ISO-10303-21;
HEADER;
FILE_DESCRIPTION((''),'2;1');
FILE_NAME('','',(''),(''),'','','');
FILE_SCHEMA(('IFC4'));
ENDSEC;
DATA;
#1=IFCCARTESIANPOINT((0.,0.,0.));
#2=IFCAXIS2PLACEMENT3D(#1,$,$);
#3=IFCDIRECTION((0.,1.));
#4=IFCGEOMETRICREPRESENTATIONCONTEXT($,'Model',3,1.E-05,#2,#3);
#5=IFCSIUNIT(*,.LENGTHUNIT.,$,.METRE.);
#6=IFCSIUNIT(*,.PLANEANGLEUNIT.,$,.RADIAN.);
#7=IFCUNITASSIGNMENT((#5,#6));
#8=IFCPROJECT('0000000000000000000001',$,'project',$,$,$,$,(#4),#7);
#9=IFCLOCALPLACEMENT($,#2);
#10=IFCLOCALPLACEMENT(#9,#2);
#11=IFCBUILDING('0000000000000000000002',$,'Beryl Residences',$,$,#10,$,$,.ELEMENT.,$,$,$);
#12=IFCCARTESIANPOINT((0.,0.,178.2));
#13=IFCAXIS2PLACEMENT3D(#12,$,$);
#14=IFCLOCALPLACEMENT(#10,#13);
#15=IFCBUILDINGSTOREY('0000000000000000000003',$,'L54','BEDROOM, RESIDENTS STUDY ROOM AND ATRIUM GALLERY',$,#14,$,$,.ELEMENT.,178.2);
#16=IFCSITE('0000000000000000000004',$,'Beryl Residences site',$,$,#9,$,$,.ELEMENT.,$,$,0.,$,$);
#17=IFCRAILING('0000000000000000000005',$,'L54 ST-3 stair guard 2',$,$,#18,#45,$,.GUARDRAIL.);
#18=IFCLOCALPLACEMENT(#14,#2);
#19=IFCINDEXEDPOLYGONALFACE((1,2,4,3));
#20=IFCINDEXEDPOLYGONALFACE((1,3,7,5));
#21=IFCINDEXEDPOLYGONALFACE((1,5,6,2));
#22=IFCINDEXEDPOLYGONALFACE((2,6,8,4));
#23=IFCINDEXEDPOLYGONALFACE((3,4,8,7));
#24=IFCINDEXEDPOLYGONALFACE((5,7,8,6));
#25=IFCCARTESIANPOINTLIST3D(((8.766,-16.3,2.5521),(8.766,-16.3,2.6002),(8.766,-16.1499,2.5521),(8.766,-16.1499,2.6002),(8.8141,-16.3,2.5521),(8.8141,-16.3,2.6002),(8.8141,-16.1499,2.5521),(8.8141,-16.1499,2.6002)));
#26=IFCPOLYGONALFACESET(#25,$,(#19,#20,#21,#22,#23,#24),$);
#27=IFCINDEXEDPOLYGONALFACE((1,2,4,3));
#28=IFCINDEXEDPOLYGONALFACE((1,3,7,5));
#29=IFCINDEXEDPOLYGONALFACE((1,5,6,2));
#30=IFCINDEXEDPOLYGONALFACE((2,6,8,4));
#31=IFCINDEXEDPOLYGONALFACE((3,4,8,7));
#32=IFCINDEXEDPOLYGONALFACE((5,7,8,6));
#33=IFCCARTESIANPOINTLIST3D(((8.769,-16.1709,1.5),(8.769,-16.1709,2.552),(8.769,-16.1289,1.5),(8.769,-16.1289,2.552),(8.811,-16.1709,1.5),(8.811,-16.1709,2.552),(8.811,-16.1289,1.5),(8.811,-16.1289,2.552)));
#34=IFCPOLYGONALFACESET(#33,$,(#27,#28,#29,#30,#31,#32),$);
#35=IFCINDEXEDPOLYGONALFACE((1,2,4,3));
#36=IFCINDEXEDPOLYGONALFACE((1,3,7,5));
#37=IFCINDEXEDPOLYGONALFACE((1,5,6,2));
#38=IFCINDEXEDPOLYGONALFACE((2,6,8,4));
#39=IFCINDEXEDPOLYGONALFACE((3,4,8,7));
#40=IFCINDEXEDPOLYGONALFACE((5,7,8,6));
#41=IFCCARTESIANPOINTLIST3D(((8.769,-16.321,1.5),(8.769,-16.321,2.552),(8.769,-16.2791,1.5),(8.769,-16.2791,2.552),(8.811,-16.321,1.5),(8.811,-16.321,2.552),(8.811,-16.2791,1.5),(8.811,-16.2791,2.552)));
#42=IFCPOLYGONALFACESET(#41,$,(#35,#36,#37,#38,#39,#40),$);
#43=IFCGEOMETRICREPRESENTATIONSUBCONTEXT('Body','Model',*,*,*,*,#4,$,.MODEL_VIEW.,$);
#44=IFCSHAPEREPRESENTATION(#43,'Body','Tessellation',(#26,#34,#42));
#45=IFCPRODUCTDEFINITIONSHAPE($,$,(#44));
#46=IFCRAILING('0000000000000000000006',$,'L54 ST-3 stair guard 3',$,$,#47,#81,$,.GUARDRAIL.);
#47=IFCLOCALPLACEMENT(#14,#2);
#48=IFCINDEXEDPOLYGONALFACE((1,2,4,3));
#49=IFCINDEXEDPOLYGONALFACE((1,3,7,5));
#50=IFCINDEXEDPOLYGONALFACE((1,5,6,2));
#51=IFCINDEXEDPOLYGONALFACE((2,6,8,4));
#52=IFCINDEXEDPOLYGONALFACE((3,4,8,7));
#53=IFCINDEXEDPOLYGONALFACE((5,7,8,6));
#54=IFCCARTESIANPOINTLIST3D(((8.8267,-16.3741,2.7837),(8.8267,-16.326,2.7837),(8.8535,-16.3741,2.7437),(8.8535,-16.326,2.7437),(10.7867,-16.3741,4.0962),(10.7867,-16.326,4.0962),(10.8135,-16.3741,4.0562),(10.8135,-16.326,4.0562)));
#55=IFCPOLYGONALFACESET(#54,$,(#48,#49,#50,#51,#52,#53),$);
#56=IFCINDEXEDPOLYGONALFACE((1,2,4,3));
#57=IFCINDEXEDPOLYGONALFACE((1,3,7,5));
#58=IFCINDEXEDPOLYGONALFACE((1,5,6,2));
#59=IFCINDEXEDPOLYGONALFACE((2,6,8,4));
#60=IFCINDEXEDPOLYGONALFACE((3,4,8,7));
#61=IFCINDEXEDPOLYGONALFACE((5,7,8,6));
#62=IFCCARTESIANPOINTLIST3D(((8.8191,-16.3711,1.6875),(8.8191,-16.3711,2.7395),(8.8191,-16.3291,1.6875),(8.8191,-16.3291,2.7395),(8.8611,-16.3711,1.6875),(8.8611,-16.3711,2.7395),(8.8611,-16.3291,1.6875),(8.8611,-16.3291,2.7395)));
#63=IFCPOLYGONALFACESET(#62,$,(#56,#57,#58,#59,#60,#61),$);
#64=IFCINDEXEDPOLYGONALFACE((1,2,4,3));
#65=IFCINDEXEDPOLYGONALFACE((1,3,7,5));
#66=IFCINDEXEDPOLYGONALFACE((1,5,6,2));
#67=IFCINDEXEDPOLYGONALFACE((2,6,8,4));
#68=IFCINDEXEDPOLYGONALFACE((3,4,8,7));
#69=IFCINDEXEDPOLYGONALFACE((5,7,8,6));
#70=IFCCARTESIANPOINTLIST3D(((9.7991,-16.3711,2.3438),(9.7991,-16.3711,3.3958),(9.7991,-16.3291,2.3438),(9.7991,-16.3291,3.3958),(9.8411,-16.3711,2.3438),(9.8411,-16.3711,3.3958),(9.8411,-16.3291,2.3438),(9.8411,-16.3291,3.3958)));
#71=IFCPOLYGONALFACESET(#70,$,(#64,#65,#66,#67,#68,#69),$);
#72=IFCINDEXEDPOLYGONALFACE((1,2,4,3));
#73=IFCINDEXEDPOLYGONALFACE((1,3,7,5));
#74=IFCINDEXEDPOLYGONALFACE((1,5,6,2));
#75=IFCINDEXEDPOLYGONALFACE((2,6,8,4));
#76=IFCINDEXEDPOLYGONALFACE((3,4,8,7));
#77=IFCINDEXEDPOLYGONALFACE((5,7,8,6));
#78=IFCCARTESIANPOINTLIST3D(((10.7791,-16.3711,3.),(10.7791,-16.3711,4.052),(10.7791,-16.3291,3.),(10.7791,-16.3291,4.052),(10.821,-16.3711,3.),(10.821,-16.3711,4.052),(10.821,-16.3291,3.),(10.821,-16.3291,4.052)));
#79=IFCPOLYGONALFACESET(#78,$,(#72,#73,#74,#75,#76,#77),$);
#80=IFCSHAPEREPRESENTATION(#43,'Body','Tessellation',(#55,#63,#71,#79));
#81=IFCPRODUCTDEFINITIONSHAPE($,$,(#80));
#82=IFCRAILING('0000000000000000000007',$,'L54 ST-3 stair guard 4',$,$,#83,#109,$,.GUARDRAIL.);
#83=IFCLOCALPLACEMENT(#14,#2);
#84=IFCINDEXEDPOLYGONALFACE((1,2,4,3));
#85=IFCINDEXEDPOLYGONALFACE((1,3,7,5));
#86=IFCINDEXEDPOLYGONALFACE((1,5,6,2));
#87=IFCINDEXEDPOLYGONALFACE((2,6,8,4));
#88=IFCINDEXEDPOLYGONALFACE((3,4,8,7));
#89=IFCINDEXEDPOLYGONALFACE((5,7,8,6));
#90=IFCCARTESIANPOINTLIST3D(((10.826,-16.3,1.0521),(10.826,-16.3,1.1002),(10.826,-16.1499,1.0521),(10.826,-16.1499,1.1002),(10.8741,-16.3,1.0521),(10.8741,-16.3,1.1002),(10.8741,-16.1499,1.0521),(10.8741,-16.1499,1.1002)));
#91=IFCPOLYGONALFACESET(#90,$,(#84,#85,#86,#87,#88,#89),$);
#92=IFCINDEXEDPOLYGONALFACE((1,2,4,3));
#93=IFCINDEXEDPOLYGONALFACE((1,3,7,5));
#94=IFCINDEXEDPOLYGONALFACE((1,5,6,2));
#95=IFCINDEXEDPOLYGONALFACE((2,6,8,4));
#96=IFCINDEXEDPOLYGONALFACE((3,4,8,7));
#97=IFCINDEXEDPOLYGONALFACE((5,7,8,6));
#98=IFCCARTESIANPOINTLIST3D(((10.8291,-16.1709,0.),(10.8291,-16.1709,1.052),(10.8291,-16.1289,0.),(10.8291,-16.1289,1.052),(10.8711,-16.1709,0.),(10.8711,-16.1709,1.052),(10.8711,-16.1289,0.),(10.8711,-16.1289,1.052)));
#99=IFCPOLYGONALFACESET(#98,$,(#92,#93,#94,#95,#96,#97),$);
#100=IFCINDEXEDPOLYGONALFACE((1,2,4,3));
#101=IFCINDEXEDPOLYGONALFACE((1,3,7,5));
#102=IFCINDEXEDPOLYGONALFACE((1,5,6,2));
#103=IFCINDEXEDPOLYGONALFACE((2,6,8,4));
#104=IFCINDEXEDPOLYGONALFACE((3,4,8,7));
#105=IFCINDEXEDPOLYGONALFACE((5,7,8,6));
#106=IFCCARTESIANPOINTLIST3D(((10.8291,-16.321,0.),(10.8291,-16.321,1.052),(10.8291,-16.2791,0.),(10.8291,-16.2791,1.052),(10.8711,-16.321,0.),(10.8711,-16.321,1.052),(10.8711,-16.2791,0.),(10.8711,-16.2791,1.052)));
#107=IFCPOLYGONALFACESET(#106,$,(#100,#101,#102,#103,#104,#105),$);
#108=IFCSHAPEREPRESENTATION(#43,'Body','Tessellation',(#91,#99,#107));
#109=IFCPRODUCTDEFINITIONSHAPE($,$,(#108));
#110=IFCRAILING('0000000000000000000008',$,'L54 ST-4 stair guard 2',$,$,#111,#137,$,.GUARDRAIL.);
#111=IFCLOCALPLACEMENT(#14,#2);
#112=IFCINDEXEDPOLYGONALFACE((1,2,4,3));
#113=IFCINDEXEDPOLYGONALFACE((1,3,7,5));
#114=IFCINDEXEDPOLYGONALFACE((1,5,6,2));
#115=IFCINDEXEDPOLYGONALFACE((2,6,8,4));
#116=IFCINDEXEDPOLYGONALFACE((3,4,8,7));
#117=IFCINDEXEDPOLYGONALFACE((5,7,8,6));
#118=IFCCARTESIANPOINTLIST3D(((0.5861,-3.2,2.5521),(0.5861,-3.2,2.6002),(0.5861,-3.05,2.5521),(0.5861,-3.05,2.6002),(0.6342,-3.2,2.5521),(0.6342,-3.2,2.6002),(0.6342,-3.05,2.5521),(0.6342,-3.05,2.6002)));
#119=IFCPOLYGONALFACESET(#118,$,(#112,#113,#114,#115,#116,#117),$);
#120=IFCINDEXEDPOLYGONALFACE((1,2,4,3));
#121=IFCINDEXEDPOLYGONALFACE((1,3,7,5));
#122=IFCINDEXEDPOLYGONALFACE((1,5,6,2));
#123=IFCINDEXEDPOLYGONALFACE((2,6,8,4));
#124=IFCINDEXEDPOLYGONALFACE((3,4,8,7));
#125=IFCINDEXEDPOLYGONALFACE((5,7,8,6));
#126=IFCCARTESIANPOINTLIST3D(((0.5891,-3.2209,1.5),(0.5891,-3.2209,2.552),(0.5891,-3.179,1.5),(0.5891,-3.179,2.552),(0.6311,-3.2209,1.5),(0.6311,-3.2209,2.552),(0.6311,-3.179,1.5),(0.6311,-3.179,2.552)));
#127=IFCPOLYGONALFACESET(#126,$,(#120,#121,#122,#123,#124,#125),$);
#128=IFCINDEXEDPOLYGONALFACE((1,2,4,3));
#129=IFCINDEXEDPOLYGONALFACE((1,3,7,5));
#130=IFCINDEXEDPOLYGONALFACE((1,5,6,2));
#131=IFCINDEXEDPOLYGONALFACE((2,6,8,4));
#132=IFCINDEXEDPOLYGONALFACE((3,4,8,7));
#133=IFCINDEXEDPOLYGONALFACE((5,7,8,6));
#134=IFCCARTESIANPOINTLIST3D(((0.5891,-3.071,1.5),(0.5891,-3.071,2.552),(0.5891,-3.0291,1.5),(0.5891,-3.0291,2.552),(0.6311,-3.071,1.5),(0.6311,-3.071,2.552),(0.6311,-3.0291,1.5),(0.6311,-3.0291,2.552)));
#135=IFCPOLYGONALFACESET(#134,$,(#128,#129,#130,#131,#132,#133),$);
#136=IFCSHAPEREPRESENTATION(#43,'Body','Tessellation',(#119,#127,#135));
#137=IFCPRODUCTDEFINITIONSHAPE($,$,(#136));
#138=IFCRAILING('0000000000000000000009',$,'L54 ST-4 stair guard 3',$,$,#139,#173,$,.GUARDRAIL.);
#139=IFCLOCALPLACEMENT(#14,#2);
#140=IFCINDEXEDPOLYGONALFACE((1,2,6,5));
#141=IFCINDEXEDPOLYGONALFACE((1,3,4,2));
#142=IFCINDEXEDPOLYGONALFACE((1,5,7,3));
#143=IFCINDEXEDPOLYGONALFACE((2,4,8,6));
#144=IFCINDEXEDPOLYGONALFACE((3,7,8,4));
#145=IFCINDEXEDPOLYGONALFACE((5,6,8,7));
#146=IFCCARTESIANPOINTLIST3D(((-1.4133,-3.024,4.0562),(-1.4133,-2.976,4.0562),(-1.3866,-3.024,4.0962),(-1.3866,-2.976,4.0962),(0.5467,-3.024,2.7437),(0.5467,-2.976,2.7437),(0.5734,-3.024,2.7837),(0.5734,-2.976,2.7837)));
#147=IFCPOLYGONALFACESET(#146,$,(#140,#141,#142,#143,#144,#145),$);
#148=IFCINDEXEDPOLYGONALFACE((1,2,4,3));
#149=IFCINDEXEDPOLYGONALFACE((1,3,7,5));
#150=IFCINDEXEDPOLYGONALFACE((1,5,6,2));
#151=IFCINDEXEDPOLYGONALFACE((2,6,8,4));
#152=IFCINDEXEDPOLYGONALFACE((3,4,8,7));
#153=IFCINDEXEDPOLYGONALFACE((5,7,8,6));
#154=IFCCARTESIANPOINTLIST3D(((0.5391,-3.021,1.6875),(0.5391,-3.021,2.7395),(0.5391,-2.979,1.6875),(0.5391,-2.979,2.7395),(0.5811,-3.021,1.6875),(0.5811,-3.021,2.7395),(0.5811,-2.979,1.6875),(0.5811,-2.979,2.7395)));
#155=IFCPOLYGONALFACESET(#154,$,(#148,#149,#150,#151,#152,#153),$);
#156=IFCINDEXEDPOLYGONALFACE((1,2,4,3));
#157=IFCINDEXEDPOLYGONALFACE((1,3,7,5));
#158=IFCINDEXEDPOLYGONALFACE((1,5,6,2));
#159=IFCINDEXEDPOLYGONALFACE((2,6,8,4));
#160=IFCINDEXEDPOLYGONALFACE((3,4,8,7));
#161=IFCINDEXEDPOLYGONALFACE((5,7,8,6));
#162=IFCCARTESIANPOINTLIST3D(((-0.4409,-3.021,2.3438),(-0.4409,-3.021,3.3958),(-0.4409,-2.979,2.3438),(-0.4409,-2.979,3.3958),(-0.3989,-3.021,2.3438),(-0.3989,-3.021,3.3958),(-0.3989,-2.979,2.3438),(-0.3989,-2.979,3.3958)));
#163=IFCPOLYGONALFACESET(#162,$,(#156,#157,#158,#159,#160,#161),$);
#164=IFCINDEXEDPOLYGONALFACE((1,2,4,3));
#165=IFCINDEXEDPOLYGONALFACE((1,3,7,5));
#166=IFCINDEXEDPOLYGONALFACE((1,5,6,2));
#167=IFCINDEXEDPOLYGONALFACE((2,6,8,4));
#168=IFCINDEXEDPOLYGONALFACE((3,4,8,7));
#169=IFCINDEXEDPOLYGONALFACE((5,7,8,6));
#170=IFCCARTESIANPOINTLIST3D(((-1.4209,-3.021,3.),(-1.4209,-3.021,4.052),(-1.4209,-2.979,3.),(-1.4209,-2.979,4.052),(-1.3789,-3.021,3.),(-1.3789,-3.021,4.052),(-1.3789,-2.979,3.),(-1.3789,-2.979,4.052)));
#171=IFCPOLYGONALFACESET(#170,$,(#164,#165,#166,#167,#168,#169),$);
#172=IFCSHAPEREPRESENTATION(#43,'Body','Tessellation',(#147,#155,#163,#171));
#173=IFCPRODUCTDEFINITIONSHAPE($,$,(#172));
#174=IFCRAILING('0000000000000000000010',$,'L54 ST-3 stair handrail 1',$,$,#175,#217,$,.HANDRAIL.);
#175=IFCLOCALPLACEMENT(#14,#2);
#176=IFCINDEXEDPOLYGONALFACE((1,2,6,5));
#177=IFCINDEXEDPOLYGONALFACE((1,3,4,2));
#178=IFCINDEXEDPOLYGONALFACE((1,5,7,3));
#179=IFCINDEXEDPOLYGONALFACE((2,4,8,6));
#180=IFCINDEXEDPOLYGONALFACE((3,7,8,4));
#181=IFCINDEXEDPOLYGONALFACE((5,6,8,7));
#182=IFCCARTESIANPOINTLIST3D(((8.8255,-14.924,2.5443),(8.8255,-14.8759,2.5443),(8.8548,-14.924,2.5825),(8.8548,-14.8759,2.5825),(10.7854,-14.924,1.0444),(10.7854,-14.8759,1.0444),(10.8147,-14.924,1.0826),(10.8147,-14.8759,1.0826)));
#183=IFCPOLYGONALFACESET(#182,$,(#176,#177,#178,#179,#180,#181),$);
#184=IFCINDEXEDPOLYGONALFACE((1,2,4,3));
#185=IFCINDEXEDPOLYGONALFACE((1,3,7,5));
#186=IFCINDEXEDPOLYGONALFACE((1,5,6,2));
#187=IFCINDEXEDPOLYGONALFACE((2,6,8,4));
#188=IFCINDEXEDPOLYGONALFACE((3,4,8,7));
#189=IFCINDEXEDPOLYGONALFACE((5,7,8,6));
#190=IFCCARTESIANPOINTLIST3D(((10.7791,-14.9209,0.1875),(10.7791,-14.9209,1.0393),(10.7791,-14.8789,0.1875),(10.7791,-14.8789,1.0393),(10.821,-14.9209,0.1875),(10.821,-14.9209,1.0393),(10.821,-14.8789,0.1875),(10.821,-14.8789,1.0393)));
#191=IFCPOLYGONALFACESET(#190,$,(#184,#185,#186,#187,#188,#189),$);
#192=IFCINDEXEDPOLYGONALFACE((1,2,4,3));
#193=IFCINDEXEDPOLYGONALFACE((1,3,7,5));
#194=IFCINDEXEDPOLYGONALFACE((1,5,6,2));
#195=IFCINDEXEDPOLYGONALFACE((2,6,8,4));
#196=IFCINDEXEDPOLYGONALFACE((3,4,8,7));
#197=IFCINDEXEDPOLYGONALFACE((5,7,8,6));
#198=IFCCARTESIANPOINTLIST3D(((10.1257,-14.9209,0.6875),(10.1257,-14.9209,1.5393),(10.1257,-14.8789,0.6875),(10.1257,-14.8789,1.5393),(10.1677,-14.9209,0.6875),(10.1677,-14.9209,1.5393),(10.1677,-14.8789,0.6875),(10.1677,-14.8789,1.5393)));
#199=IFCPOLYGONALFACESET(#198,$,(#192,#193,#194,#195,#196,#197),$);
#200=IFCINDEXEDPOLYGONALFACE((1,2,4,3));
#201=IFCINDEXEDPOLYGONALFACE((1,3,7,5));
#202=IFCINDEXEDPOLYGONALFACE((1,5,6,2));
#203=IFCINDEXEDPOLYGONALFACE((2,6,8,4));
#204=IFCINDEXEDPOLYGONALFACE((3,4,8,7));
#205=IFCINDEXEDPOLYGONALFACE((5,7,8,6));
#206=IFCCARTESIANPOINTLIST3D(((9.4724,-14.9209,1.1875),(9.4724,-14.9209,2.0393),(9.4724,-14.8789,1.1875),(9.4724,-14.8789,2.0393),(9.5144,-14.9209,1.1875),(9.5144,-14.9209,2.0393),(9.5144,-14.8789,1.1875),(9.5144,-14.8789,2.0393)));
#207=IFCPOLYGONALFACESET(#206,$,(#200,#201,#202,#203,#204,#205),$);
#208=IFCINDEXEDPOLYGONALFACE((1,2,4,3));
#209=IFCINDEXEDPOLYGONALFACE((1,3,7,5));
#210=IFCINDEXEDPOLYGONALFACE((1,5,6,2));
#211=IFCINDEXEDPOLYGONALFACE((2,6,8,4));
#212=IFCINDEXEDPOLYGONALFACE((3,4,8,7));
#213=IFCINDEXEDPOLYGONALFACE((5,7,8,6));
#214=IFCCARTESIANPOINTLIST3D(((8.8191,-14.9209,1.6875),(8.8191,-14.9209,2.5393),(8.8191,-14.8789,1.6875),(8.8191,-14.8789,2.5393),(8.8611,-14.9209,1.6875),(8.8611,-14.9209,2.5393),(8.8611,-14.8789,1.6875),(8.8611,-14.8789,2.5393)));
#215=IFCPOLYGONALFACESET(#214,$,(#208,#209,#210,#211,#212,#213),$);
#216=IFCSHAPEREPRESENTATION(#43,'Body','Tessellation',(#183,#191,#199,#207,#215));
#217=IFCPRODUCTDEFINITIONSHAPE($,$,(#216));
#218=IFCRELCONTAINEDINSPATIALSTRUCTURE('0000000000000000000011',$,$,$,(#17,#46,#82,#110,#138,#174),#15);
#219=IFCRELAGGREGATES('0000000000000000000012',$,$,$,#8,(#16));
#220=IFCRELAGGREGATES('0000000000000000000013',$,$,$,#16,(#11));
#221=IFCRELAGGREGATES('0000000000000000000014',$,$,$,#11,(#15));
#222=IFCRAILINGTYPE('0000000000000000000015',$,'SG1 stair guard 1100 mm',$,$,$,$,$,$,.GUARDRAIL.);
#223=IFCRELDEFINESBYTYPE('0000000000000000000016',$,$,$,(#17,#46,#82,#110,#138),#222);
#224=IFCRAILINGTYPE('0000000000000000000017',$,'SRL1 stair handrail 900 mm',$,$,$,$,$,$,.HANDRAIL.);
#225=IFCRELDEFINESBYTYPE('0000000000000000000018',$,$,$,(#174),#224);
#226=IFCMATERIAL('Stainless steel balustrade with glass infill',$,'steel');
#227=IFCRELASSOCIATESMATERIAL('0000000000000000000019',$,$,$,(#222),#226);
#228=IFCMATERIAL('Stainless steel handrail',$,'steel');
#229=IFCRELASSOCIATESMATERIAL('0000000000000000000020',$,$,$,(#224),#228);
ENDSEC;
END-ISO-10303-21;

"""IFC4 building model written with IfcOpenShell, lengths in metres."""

from ifc_helpers import new_model, si_unit, direction, frame, origin, origin_2d, place, context, subcontext, project, spatial, rectangle, extrude, material, type_object, element, save


model = new_model("IFC4")

# Units and contexts
model_context = context("Model", 3, precision=1e-05, world=origin(), true_north=direction((0.0, 1.0)))
body_context = subcontext(model_context, "Body", "Model", "MODEL_VIEW")
ifc_project = project(units=[si_unit("LENGTHUNIT", "METRE"), si_unit("PLANEANGLEUNIT", "RADIAN")], contexts=[model_context])

# Site, building, storey
site_placement = place(None, origin())
site = spatial("IfcSite", under=ifc_project, at=site_placement, Name="Beryl Residences site", CompositionType="ELEMENT", RefElevation=0.0)
building_placement = place(site_placement, origin())
building = spatial("IfcBuilding", under=site, at=building_placement, Name="Beryl Residences", CompositionType="ELEMENT")
storey_placement = place(building_placement, frame((0.0, 0.0, 178.2)))
storey = spatial("IfcBuildingStorey", under=building, at=storey_placement, Name="L54", Description="BEDROOM, RESIDENTS STUDY ROOM AND ATRIUM GALLERY", CompositionType="ELEMENT", Elevation=178.2)

# Railings
ifc_material_1 = material(Name="Stainless steel balustrade with glass infill", Category="steel")
railing_type_1 = type_object("IfcRailingType", Name="SG1 stair guard 1100 mm", PredefinedType="GUARDRAIL", material=ifc_material_1)
railing_1_placement = place(storey_placement, frame((8.79, -16.1499, 1.5)))
element("IfcRailing", 1, at=railing_1_placement, inside=storey, type_object=railing_type_1, Name="L54 ST-3 stair guard 2", PredefinedType="GUARDRAIL", context=body_context, shape_type="SweptSolid", body=[
    extrude(rectangle(XDim=0.0481, YDim=0.0481, at=origin_2d()), frame((0.0, 0.0, 1.0762), z_axis=(0.0, -1.0, 0.0), x_axis=(1.0, 0.0, 0.0)), (0.0, 0.0, 1.0), 0.1501),
    extrude(rectangle(XDim=0.042, YDim=0.042, at=origin_2d()), origin(), (0.0, 0.0, 1.0), 1.052),
    extrude(rectangle(XDim=0.042, YDim=0.042, at=origin_2d()), frame((0.0, -0.1501, 0.0)), (0.0, 0.0, 1.0), 1.052),
])
railing_2_placement = place(storey_placement, frame((8.8401, -16.3501, 1.6875)))
element("IfcRailing", 2, at=railing_2_placement, inside=storey, type_object=railing_type_1, Name="L54 ST-3 stair guard 3", PredefinedType="GUARDRAIL", context=body_context, shape_type="SweptSolid", body=[
    extrude(rectangle(XDim=0.0481, YDim=0.0481, at=origin_2d()), frame((0.0, 0.0, 1.0762), z_axis=(0.830902, 0.0, 0.556419), x_axis=(0.0, 1.0, 0.0)), (0.0, 0.0, 1.0), 2.3589),
    extrude(rectangle(XDim=0.042, YDim=0.042, at=origin_2d()), origin(), (0.0, 0.0, 1.0), 1.052),
    extrude(rectangle(XDim=0.042, YDim=0.042, at=origin_2d()), frame((0.98, 0.0, 0.6562)), (0.0, 0.0, 1.0), 1.052),
    extrude(rectangle(XDim=0.042, YDim=0.042, at=origin_2d()), frame((1.96, 0.0, 1.3125)), (0.0, 0.0, 1.0), 1.052),
])
railing_3_placement = place(storey_placement, frame((10.8501, -16.1499, 0.0)))
element("IfcRailing", 3, at=railing_3_placement, inside=storey, type_object=railing_type_1, Name="L54 ST-3 stair guard 4", PredefinedType="GUARDRAIL", context=body_context, shape_type="SweptSolid", body=[
    extrude(rectangle(XDim=0.0481, YDim=0.0481, at=origin_2d()), frame((0.0, 0.0, 1.0762), z_axis=(0.0, -1.0, 0.0), x_axis=(1.0, 0.0, 0.0)), (0.0, 0.0, 1.0), 0.1501),
    extrude(rectangle(XDim=0.042, YDim=0.042, at=origin_2d()), origin(), (0.0, 0.0, 1.0), 1.052),
    extrude(rectangle(XDim=0.042, YDim=0.042, at=origin_2d()), frame((0.0, -0.1501, 0.0)), (0.0, 0.0, 1.0), 1.052),
])
railing_4_placement = place(storey_placement, frame((0.6101, -3.2, 1.5)))
element("IfcRailing", 4, at=railing_4_placement, inside=storey, type_object=railing_type_1, Name="L54 ST-4 stair guard 2", PredefinedType="GUARDRAIL", context=body_context, shape_type="SweptSolid", body=[
    extrude(rectangle(XDim=0.0481, YDim=0.0481, at=origin_2d()), frame((0.0, 0.0, 1.0762), z_axis=(0.0, 1.0, 0.0), x_axis=(-1.0, 0.0, 0.0)), (0.0, 0.0, 1.0), 0.1499),
    extrude(rectangle(XDim=0.042, YDim=0.042, at=origin_2d()), origin(), (0.0, 0.0, 1.0), 1.052),
    extrude(rectangle(XDim=0.042, YDim=0.042, at=origin_2d()), frame((0.0, 0.1499, 0.0)), (0.0, 0.0, 1.0), 1.052),
])
railing_5_placement = place(storey_placement, frame((0.5601, -3.0, 1.6875)))
element("IfcRailing", 5, at=railing_5_placement, inside=storey, type_object=railing_type_1, Name="L54 ST-4 stair guard 3", PredefinedType="GUARDRAIL", context=body_context, shape_type="SweptSolid", body=[
    extrude(rectangle(XDim=0.0481, YDim=0.0481, at=origin_2d()), frame((0.0, 0.0, 1.0762), z_axis=(-0.830902, 0.0, 0.556419), x_axis=(0.0, -1.0, 0.0)), (0.0, 0.0, 1.0), 2.3589),
    extrude(rectangle(XDim=0.042, YDim=0.042, at=origin_2d()), origin(), (0.0, 0.0, 1.0), 1.052),
    extrude(rectangle(XDim=0.042, YDim=0.042, at=origin_2d()), frame((-0.98, 0.0, 0.6562)), (0.0, 0.0, 1.0), 1.052),
    extrude(rectangle(XDim=0.042, YDim=0.042, at=origin_2d()), frame((-1.96, 0.0, 1.3125)), (0.0, 0.0, 1.0), 1.052),
])
ifc_material_2 = material(Name="Stainless steel handrail", Category="steel")
railing_type_2 = type_object("IfcRailingType", Name="SRL1 stair handrail 900 mm", PredefinedType="HANDRAIL", material=ifc_material_2)
for number, where, name in (
    (6, (10.8, -14.8999, 0.1875), "L54 ST-3 stair handrail 1"),
):
    element("IfcRailing", number, at=place(storey_placement, frame(where)), inside=storey, type_object=railing_type_2, Name=name, PredefinedType="HANDRAIL", context=body_context, shape_type="SweptSolid", body=[
        extrude(rectangle(XDim=0.0481, YDim=0.0481, at=origin_2d()), frame((0.0, 0.0, 0.876), z_axis=(-0.794122, 0.0, 0.607758), x_axis=(0.0, -1.0, 0.0)), (0.0, 0.0, 1.0), 2.468),
        extrude(rectangle(XDim=0.042, YDim=0.042, at=origin_2d()), origin(), (0.0, 0.0, 1.0), 0.8518),
        extrude(rectangle(XDim=0.042, YDim=0.042, at=origin_2d()), frame((-0.6533, 0.0, 0.5)), (0.0, 0.0, 1.0), 0.8518),
        extrude(rectangle(XDim=0.042, YDim=0.042, at=origin_2d()), frame((-1.3066, 0.0, 1.0)), (0.0, 0.0, 1.0), 0.8518),
        extrude(rectangle(XDim=0.042, YDim=0.042, at=origin_2d()), frame((-1.96, 0.0, 1.5)), (0.0, 0.0, 1.0), 0.8518),
    ])

save(model, "model.ifc")
